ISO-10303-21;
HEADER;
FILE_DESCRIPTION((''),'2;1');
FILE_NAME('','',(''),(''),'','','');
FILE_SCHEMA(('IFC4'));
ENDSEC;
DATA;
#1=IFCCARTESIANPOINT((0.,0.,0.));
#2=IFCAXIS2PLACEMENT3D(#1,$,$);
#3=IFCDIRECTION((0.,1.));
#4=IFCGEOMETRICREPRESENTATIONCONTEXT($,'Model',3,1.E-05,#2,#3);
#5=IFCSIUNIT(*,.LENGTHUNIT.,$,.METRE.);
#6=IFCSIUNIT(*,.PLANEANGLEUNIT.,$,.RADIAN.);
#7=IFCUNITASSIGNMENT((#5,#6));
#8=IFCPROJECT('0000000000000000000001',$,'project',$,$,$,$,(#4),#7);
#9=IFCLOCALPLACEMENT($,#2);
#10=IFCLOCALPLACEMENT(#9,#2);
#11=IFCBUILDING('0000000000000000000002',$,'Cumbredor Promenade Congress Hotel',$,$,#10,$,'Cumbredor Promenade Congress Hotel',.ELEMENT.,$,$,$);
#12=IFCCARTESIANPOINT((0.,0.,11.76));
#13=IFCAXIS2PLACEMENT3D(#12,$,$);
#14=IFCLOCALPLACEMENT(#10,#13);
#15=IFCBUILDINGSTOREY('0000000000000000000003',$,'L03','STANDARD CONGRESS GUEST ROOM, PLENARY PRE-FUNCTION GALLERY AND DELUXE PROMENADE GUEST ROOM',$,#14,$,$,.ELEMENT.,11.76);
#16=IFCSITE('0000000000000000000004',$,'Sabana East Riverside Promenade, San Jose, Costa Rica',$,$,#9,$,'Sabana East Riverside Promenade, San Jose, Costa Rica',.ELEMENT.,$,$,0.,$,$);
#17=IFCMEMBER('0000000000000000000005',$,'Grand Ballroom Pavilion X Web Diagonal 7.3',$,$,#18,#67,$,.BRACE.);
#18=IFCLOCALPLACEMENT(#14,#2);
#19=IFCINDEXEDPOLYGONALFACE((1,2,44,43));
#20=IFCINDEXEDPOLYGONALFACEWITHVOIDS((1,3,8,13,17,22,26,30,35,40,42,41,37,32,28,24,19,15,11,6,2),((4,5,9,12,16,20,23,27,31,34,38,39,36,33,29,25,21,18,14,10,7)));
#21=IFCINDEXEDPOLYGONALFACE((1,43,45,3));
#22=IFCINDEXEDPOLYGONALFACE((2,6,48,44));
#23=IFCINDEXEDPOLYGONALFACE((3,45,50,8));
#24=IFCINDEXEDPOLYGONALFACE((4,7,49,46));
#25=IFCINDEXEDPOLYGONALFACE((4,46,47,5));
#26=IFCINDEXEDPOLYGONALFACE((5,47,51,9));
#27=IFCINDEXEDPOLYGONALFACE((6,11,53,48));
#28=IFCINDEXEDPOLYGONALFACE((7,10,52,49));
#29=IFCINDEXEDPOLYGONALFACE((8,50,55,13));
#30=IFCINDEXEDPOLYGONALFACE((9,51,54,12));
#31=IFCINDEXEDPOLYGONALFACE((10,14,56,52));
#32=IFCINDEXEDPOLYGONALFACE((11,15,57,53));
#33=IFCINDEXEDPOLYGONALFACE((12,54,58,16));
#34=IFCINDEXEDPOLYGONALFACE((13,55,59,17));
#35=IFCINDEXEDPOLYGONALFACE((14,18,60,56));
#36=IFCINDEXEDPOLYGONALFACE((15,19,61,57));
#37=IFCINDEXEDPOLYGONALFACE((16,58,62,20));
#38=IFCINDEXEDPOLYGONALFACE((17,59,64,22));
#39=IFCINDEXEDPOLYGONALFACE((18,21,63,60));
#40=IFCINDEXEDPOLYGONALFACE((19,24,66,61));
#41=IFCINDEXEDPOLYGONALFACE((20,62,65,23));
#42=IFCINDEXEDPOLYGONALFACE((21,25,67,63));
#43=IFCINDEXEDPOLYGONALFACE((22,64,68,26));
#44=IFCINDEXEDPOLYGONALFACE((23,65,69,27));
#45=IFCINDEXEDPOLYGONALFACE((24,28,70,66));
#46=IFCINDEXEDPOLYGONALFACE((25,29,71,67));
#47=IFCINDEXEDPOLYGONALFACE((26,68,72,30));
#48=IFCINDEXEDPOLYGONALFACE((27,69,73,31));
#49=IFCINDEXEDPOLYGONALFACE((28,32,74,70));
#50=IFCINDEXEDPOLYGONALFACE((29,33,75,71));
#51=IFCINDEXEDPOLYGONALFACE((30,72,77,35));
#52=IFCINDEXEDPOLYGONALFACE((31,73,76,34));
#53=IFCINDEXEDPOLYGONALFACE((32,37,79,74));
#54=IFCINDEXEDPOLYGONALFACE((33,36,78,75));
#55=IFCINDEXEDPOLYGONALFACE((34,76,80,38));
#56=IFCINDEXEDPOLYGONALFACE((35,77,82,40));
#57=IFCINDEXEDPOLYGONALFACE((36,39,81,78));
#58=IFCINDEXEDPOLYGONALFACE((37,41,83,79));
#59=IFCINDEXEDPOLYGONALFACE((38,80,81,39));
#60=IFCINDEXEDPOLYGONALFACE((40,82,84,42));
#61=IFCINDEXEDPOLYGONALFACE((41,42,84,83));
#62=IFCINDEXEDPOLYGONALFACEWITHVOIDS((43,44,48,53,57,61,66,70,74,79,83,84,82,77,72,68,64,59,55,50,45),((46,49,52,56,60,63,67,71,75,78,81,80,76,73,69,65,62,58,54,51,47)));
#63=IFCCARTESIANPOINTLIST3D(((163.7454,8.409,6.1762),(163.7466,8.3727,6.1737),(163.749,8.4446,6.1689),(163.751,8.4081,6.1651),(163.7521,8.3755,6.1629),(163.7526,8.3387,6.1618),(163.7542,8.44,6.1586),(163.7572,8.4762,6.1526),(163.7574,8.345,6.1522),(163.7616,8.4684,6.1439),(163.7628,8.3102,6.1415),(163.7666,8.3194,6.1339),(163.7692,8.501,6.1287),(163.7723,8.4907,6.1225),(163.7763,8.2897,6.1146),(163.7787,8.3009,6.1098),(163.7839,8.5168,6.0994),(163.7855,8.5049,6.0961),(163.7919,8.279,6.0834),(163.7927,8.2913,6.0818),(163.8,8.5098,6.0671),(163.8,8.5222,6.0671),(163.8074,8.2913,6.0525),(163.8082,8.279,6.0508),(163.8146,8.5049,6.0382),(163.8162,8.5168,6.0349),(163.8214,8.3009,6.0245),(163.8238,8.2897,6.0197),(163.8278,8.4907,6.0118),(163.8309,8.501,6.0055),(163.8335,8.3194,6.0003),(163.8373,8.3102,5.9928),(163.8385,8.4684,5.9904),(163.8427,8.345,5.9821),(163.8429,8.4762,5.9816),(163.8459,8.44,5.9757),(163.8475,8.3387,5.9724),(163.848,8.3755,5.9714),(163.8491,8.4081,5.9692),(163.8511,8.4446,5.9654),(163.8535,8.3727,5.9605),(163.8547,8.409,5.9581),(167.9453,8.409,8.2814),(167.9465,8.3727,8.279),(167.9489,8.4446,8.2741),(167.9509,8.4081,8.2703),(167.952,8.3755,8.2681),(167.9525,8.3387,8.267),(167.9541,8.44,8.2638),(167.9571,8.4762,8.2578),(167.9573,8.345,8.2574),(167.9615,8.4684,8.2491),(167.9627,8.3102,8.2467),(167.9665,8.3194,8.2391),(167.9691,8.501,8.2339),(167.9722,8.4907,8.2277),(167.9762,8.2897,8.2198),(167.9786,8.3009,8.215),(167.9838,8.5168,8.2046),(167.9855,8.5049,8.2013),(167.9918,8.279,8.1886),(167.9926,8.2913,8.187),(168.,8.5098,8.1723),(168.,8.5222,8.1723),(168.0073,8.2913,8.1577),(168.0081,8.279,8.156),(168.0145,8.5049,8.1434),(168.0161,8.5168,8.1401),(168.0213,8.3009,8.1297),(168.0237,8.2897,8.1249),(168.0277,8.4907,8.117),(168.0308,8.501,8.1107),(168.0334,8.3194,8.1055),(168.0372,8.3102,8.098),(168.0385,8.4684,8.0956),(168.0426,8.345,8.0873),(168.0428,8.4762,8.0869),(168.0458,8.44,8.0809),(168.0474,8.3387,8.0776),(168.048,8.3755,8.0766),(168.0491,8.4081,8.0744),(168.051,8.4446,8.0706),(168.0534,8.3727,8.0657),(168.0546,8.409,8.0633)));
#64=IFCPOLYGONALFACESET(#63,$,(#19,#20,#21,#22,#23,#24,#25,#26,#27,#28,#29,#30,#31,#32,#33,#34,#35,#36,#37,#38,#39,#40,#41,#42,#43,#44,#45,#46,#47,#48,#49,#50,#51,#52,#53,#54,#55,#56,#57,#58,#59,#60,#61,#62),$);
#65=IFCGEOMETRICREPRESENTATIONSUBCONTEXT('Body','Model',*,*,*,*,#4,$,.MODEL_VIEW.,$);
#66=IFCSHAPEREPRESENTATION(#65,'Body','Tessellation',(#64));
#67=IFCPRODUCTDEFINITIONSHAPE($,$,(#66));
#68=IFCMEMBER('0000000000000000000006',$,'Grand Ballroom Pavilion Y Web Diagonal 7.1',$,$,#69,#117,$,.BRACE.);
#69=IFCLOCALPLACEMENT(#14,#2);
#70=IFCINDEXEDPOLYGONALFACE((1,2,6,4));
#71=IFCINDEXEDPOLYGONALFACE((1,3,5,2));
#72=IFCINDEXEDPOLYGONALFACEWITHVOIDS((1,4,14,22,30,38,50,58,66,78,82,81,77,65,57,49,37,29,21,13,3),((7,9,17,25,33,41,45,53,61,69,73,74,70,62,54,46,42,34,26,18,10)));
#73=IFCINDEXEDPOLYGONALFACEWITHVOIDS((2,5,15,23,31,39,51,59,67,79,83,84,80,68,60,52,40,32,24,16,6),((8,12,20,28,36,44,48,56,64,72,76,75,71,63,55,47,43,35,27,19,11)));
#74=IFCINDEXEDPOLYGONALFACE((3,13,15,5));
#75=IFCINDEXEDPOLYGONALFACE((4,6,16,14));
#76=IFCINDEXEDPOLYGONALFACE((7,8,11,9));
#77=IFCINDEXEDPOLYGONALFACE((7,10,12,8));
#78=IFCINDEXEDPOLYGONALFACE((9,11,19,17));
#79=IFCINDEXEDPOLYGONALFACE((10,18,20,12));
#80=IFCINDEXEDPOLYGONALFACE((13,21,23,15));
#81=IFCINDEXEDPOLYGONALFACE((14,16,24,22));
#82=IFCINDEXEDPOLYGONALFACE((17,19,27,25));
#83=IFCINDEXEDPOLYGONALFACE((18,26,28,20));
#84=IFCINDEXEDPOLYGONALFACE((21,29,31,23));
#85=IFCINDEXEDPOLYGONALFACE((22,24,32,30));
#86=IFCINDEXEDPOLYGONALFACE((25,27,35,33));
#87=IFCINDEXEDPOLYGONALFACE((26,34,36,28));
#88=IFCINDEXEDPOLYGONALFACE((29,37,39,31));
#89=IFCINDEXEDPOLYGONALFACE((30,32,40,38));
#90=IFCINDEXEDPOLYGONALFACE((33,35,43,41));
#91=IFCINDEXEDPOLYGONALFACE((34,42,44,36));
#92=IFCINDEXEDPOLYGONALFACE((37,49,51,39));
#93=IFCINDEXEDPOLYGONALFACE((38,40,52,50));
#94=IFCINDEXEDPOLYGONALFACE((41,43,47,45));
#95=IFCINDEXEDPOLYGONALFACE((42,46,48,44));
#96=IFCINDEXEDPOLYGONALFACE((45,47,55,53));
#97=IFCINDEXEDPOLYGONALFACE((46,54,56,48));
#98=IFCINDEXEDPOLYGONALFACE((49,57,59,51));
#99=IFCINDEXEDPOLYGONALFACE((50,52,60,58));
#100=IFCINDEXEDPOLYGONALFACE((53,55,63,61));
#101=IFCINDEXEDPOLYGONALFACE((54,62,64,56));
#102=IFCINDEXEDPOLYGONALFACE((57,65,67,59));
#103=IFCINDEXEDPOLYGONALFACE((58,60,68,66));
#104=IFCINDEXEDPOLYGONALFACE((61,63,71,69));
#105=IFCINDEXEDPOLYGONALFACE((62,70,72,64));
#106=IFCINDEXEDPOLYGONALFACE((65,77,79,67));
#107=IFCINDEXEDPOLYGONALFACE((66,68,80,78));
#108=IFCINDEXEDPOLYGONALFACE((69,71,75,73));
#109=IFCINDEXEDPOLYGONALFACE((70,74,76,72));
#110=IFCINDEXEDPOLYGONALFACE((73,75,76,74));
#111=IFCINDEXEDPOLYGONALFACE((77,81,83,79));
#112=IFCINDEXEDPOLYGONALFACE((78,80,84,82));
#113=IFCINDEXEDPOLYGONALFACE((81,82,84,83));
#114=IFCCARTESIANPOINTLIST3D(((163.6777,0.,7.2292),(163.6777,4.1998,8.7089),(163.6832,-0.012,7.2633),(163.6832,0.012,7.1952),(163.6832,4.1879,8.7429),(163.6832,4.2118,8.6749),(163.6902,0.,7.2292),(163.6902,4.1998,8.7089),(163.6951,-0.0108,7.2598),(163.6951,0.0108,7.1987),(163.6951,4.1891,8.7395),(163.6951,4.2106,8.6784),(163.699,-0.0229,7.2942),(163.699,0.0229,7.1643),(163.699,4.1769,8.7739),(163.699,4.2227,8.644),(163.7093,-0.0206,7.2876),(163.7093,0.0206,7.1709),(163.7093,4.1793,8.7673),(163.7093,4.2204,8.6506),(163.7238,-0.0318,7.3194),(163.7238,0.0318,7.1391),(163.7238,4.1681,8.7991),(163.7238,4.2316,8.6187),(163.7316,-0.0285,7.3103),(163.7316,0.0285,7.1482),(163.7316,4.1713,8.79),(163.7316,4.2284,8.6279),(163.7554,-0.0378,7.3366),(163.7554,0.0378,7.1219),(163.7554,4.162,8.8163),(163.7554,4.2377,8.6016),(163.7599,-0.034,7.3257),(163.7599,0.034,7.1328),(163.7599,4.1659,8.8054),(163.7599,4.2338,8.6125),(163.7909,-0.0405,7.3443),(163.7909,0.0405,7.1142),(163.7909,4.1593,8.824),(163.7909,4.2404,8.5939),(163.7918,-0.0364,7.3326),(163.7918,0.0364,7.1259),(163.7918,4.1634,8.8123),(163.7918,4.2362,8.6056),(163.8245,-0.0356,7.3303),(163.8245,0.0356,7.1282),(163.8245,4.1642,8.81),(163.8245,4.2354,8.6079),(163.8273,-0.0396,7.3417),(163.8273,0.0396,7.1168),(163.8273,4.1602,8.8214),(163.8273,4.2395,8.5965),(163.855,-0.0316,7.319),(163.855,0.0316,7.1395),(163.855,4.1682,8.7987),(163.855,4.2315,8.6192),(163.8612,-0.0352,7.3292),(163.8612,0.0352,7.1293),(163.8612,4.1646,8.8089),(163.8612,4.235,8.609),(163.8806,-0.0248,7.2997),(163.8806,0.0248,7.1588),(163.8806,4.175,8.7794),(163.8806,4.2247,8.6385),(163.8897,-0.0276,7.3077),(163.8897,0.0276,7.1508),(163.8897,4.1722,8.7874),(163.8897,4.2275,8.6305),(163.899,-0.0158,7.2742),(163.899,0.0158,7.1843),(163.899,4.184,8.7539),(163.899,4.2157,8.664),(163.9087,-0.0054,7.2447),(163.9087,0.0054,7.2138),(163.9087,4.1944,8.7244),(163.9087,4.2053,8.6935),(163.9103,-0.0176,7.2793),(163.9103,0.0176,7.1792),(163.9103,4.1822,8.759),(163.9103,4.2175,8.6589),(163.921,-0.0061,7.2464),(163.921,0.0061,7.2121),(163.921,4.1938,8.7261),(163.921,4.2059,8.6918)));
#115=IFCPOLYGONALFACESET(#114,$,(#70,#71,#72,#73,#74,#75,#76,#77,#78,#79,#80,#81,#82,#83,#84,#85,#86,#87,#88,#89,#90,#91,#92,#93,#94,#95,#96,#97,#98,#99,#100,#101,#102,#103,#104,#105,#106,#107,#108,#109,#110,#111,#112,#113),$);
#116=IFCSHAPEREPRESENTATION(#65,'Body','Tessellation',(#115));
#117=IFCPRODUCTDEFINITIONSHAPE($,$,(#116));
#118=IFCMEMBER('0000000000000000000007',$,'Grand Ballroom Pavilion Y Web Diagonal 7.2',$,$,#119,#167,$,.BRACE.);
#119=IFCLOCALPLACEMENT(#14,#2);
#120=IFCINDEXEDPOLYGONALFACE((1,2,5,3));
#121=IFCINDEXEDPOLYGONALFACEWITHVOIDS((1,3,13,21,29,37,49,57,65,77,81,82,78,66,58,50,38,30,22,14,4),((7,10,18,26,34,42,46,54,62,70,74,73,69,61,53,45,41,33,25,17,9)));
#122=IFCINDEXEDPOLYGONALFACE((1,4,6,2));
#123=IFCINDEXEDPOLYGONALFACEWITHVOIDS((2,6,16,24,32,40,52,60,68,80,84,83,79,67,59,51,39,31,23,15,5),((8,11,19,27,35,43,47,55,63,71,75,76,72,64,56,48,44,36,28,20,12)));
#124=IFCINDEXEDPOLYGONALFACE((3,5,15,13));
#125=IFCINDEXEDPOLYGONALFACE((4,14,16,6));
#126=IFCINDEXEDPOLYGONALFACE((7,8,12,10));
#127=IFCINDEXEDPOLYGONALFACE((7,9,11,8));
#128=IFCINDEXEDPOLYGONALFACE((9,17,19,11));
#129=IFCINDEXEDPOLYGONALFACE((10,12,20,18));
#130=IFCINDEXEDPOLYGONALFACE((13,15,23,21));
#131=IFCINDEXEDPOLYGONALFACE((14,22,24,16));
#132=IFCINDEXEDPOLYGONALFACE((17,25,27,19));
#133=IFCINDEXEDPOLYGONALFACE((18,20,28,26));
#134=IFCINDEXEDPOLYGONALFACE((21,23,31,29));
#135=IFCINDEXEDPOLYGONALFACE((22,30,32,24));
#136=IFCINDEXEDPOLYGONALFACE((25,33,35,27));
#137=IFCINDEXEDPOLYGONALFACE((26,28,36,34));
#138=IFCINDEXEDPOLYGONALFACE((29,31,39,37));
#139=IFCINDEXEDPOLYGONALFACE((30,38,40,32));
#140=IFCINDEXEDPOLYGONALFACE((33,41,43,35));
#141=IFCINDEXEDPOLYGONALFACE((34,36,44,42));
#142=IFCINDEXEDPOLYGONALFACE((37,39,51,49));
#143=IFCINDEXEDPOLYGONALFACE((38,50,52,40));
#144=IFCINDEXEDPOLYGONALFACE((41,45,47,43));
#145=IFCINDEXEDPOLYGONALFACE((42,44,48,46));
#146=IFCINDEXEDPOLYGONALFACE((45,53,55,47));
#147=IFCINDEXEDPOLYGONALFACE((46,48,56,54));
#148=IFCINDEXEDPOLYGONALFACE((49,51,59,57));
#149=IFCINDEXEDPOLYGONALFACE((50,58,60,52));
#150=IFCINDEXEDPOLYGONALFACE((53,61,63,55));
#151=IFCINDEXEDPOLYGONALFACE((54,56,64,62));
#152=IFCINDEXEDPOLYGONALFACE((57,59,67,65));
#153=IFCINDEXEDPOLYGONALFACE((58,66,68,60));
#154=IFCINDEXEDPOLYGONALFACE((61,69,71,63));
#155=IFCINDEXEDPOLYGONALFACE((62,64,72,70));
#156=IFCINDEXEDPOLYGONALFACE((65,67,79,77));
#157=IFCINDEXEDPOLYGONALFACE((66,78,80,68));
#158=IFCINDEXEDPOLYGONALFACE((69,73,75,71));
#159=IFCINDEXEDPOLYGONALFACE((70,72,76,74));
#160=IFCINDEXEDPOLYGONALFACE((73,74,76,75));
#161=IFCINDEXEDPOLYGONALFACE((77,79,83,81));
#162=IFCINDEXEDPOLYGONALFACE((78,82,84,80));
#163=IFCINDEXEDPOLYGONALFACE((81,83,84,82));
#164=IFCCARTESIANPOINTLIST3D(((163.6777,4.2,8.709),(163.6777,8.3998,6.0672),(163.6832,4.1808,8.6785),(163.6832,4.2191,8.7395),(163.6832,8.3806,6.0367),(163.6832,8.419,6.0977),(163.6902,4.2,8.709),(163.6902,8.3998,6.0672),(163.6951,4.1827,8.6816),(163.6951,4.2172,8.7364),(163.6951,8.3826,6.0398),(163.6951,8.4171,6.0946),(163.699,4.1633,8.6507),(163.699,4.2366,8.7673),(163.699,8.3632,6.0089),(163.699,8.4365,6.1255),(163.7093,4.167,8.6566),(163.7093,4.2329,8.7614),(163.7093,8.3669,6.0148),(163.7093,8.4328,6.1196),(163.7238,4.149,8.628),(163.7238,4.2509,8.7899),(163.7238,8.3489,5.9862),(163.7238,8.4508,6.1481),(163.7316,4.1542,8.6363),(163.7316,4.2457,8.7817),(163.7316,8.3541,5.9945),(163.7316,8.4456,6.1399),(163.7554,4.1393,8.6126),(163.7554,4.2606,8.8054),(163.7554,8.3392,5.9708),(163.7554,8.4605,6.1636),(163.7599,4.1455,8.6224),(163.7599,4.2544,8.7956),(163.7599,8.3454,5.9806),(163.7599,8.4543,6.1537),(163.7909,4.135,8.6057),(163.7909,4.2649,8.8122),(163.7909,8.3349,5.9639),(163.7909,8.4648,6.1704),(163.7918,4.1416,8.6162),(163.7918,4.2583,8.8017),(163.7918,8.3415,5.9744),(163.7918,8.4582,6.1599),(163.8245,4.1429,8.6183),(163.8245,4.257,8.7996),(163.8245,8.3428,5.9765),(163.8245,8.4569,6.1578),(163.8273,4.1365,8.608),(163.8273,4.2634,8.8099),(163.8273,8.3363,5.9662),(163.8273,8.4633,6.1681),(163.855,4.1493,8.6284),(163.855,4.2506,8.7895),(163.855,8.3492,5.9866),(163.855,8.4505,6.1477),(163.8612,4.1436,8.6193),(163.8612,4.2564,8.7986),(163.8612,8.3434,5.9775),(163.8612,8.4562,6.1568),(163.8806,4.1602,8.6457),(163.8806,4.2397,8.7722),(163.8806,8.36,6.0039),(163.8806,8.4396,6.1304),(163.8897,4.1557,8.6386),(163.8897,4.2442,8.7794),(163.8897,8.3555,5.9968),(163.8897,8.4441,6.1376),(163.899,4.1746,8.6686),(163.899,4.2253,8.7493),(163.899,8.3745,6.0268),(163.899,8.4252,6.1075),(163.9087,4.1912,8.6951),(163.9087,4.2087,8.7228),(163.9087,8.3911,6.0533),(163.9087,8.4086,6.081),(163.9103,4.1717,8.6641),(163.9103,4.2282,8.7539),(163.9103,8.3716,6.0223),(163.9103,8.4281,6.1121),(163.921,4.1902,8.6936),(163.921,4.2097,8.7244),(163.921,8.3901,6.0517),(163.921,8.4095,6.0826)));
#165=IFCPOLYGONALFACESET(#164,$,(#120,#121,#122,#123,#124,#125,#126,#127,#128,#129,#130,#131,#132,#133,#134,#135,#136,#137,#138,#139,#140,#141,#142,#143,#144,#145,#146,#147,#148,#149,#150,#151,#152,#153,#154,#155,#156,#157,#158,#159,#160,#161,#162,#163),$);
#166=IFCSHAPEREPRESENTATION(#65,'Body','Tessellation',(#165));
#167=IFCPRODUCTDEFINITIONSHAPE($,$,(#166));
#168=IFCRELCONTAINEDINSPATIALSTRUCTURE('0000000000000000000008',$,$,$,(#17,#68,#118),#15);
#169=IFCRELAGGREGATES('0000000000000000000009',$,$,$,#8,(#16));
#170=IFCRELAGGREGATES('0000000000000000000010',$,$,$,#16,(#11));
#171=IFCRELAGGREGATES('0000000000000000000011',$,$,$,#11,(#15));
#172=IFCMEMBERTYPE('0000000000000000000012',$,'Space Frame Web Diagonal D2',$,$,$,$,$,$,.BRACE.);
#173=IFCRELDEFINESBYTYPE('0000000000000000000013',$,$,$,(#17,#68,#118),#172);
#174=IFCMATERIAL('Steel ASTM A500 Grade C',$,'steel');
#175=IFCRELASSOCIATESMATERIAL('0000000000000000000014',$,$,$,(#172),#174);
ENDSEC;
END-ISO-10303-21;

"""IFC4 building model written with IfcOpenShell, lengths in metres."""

from ifc_helpers import new_model, si_unit, direction, frame, origin, origin_2d, place, context, subcontext, project, spatial, hollow_circle, extrude, material, material_profile, profile_set, type_object, element, save


model = new_model("IFC4")

# Units and contexts
model_context = context("Model", 3, precision=1e-05, world=origin(), true_north=direction((0.0, 1.0)))
body_context = subcontext(model_context, "Body", "Model", "MODEL_VIEW")
ifc_project = project(units=[si_unit("LENGTHUNIT", "METRE"), si_unit("PLANEANGLEUNIT", "RADIAN")], contexts=[model_context])

# Site, building, storey
site_placement = place(None, origin())
site = spatial("IfcSite", under=ifc_project, at=site_placement, Name="Sabana East Riverside Promenade, San Jose, Costa Rica", LongName="Sabana East Riverside Promenade, San Jose, Costa Rica", CompositionType="ELEMENT", RefElevation=0.0)
building_placement = place(site_placement, origin())
building = spatial("IfcBuilding", under=site, at=building_placement, Name="Cumbredor Promenade Congress Hotel", LongName="Cumbredor Promenade Congress Hotel", CompositionType="ELEMENT")
storey_placement = place(building_placement, frame((0.0, 0.0, 11.76)))
storey = spatial("IfcBuildingStorey", under=building, at=storey_placement, Name="L03", Description="STANDARD CONGRESS GUEST ROOM, PLENARY PRE-FUNCTION GALLERY AND DELUXE PROMENADE GUEST ROOM", CompositionType="ELEMENT", Elevation=11.76)

# Members
ifc_material_1 = material(Name="Steel ASTM A500 Grade C", Category="steel")
ifc_material_profile_1 = material_profile(ifc_material_1, hollow_circle(Radius=0.1223, WallThickness=0.0125, at=origin_2d()), Name="CHS 244.5x12.5")
ifc_profile_set_1 = profile_set([ifc_material_profile_1], Name="Steel ASTM A500 Grade C")
member_type_1 = type_object("IfcMemberType", Name="Space Frame Web Diagonal D2", PredefinedType="BRACE", material=ifc_profile_set_1)
member_1_placement = place(storey_placement, frame((163.8, 8.3999, 6.0671), z_axis=(0.89398, 0.0, 0.448107), x_axis=(0.0, 1.0, 0.0)))
element("IfcMember", 1, at=member_1_placement, inside=storey, type_object=member_type_1, Name="Grand Ballroom Pavilion X Web Diagonal 7.3", PredefinedType="BRACE", context=body_context, shape_type="SweptSolid", body=[
    extrude(hollow_circle(Radius=0.1223, WallThickness=0.0125, at=origin_2d()), origin(), (0.0, 0.0, 1.0), 4.698),
])
member_2_placement = place(storey_placement, frame((163.8, 0.0, 7.2292), z_axis=(0.0, 0.943173, 0.332301), x_axis=(-1.0, 0.0, 0.0)))
element("IfcMember", 2, at=member_2_placement, inside=storey, type_object=member_type_1, Name="Grand Ballroom Pavilion Y Web Diagonal 7.1", PredefinedType="BRACE", context=body_context, shape_type="SweptSolid", body=[
    extrude(hollow_circle(Radius=0.1223, WallThickness=0.0125, at=origin_2d()), origin(), (0.0, 0.0, 1.0), 4.4529),
])
member_3_placement = place(storey_placement, frame((163.8, 4.2, 8.709), z_axis=(0.0, 0.846466, -0.532443), x_axis=(-1.0, 0.0, 0.0)))
element("IfcMember", 3, at=member_3_placement, inside=storey, type_object=member_type_1, Name="Grand Ballroom Pavilion Y Web Diagonal 7.2", PredefinedType="BRACE", context=body_context, shape_type="SweptSolid", body=[
    extrude(hollow_circle(Radius=0.1223, WallThickness=0.0125, at=origin_2d()), origin(), (0.0, 0.0, 1.0), 4.9617),
])

save(model, "model.ifc")
